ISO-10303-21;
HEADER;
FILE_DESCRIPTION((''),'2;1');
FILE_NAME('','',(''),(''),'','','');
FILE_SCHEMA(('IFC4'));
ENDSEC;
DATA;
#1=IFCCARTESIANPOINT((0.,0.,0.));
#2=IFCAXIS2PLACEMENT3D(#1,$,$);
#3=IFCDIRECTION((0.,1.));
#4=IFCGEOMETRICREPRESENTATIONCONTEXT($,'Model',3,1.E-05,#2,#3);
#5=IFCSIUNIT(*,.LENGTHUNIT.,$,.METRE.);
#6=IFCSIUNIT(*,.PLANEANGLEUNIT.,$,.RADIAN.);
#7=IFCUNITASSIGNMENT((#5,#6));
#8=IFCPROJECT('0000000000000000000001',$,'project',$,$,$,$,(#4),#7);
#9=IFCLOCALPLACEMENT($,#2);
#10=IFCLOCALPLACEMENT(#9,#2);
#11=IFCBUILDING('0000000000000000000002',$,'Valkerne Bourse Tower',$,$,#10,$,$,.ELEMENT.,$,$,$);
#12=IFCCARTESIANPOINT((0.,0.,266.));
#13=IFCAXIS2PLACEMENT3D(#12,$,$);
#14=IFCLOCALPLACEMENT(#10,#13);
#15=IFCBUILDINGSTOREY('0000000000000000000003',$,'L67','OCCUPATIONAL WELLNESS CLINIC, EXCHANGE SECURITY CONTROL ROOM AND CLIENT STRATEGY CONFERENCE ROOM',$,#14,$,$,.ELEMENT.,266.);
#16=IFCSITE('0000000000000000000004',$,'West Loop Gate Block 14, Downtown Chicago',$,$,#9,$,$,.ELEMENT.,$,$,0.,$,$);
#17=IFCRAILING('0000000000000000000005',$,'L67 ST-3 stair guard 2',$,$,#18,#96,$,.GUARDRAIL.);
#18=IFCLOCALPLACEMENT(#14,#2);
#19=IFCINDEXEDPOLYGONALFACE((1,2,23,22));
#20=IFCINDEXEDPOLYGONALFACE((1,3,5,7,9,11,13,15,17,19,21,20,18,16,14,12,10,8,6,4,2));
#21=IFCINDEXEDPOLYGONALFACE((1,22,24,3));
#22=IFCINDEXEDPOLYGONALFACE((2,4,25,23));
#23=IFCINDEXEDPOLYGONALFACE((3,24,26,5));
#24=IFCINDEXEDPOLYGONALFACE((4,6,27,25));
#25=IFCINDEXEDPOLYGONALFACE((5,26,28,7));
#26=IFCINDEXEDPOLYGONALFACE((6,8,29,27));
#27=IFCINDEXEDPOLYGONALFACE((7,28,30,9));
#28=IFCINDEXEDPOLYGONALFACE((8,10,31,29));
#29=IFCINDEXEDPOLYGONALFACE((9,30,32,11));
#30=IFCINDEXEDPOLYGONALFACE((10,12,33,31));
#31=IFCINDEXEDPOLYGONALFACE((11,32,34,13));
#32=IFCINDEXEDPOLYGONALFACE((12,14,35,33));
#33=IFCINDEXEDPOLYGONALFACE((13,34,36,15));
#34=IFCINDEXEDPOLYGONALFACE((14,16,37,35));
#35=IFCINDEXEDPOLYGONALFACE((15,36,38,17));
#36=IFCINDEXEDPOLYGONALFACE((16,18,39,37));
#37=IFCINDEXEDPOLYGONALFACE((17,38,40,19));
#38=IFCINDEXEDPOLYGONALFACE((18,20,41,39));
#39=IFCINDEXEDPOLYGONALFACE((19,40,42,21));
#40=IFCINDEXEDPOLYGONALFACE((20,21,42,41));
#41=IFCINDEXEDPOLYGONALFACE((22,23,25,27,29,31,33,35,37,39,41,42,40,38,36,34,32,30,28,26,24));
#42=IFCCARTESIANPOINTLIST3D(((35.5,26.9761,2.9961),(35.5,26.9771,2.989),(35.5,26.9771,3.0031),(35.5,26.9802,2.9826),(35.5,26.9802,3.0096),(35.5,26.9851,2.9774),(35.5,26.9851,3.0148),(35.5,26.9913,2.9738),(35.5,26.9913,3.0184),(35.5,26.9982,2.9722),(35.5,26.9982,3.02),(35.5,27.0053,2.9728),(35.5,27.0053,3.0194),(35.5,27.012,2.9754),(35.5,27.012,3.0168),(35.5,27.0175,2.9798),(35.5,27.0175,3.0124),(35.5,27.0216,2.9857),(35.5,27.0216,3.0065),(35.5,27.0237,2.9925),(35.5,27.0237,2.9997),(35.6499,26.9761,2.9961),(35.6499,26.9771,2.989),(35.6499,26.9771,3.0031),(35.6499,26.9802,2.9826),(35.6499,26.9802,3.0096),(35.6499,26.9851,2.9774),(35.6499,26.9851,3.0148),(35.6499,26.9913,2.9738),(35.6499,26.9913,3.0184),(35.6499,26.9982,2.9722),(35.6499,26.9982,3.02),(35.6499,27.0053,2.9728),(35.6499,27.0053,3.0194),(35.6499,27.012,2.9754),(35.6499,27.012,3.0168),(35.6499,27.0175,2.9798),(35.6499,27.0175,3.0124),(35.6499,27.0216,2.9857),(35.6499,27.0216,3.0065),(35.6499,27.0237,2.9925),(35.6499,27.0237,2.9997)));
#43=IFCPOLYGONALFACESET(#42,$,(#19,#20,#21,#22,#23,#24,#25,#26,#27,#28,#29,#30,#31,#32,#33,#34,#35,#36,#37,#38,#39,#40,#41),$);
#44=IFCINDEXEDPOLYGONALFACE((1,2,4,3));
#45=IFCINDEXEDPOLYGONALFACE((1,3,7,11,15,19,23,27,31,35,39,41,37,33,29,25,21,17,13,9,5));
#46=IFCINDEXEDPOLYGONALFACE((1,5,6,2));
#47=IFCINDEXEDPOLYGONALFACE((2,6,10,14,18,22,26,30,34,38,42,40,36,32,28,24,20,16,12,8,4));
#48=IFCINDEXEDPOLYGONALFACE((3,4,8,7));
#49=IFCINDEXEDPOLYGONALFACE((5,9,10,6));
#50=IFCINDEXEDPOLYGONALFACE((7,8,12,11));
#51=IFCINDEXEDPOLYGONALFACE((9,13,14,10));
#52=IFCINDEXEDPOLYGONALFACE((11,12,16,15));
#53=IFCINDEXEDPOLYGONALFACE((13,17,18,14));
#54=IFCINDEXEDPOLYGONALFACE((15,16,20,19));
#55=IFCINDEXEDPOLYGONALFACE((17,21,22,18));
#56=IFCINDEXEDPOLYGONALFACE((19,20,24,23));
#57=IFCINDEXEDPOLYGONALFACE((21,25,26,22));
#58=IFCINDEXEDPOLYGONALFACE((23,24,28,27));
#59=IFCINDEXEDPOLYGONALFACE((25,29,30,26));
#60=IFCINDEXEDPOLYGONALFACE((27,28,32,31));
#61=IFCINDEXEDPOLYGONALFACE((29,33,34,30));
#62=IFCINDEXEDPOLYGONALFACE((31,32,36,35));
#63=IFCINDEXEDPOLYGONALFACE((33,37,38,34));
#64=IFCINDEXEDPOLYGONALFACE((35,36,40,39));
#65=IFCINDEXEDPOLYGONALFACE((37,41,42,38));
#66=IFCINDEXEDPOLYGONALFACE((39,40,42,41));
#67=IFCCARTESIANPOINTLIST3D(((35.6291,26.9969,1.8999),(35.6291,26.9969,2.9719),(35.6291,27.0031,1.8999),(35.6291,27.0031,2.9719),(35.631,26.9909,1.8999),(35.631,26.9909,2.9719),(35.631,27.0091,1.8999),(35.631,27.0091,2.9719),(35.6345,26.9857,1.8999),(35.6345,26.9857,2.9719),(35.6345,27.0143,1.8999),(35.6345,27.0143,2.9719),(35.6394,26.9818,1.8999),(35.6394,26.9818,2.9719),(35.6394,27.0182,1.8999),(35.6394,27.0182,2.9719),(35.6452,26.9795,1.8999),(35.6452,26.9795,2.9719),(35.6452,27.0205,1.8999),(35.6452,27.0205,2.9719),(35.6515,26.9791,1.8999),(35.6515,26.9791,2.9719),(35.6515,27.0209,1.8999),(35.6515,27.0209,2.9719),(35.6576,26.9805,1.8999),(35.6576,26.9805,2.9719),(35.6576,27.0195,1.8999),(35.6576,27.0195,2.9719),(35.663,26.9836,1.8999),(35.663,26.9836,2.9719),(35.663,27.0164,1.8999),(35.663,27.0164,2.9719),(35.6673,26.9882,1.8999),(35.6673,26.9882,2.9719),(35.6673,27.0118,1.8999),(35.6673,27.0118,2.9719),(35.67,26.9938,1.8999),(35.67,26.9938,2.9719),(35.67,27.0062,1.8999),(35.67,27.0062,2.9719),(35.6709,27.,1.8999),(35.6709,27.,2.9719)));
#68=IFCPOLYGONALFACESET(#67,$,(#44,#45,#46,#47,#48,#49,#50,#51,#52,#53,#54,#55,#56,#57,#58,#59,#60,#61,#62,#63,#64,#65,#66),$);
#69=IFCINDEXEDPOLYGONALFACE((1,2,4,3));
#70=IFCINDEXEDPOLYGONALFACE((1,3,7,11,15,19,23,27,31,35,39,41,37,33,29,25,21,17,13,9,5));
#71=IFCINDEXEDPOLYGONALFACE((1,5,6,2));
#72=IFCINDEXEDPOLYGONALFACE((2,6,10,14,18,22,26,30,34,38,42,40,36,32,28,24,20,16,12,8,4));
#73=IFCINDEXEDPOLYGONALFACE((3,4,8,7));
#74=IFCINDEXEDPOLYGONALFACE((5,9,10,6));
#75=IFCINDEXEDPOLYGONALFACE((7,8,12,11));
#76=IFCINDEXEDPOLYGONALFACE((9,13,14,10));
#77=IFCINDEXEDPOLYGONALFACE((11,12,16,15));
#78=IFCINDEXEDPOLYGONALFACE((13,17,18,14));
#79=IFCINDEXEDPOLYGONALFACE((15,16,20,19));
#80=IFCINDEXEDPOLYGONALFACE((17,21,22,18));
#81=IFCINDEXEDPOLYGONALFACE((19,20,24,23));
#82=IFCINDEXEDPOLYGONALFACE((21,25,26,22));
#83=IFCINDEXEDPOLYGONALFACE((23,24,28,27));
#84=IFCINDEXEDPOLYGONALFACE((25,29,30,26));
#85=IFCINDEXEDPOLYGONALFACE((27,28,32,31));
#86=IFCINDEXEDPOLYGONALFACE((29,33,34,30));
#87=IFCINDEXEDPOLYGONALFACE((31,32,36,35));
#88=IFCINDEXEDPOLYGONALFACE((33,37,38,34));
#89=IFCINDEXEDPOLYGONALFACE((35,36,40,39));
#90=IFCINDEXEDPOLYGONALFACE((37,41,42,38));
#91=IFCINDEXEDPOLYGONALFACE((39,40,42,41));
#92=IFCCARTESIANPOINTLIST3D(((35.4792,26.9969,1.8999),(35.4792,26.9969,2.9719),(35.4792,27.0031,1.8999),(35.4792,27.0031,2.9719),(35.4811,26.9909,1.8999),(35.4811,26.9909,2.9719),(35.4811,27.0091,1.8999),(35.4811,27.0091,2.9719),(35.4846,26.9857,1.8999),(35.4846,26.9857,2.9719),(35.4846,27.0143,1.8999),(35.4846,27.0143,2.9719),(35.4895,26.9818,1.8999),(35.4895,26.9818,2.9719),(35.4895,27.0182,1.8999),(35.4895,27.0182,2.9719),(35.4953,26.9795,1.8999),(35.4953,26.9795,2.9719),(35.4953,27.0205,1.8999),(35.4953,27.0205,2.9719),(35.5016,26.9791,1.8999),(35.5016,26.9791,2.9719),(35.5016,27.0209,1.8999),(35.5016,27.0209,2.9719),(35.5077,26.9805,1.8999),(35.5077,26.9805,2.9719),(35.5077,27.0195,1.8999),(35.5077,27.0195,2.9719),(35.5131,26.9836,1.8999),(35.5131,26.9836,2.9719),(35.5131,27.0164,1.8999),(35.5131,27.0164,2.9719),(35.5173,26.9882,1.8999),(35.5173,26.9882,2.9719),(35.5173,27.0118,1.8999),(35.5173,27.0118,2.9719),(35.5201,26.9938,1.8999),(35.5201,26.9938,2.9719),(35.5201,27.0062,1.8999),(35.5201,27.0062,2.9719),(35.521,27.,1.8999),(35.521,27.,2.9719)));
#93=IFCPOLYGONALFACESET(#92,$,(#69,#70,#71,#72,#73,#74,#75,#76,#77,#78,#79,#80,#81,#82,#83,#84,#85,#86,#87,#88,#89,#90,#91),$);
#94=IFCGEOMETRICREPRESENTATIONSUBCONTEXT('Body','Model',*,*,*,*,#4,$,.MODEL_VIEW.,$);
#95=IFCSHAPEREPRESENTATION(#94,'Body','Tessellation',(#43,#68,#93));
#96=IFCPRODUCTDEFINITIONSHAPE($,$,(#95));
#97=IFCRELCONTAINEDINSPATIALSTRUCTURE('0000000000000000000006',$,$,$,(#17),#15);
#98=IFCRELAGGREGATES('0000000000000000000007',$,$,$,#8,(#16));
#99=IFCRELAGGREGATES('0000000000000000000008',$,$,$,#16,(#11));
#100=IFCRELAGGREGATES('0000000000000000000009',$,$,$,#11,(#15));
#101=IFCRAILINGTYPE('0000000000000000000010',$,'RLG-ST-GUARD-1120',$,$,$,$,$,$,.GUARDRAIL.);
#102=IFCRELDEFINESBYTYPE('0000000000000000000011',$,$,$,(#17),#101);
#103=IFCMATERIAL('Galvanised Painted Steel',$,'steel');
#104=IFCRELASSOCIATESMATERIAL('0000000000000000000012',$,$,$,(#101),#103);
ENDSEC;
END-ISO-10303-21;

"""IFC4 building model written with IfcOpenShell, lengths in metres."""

from ifc_helpers import new_model, si_unit, direction, frame, origin, origin_2d, place, context, subcontext, project, spatial, circle, extrude, material, type_object, element, save


model = new_model("IFC4")

# Units and contexts
model_context = context("Model", 3, precision=1e-05, world=origin(), true_north=direction((0.0, 1.0)))
body_context = subcontext(model_context, "Body", "Model", "MODEL_VIEW")
ifc_project = project(units=[si_unit("LENGTHUNIT", "METRE"), si_unit("PLANEANGLEUNIT", "RADIAN")], contexts=[model_context])

# Site, building, storey
site_placement = place(None, origin())
site = spatial("IfcSite", under=ifc_project, at=site_placement, Name="West Loop Gate Block 14, Downtown Chicago", CompositionType="ELEMENT", RefElevation=0.0)
building_placement = place(site_placement, origin())
building = spatial("IfcBuilding", under=site, at=building_placement, Name="Valkerne Bourse Tower", CompositionType="ELEMENT")
storey_placement = place(building_placement, frame((0.0, 0.0, 266.0)))
storey = spatial("IfcBuildingStorey", under=building, at=storey_placement, Name="L67", Description="OCCUPATIONAL WELLNESS CLINIC, EXCHANGE SECURITY CONTROL ROOM AND CLIENT STRATEGY CONFERENCE ROOM", CompositionType="ELEMENT", Elevation=266.0)

# Railing
ifc_material_1 = material(Name="Galvanised Painted Steel", Category="steel")
railing_type_1 = type_object("IfcRailingType", Name="RLG-ST-GUARD-1120", PredefinedType="GUARDRAIL", material=ifc_material_1)
railing_1_placement = place(storey_placement, frame((35.6499, 27.0, 1.8999)))
element("IfcRailing", 1, at=railing_1_placement, inside=storey, type_object=railing_type_1, Name="L67 ST-3 stair guard 2", PredefinedType="GUARDRAIL", context=body_context, shape_type="SweptSolid", body=[
    extrude(circle(Radius=0.0239, at=origin_2d()), frame((0.0, 0.0, 1.0962), z_axis=(-1.0, 0.0, 0.0), x_axis=(0.0, -1.0, 0.0)), (0.0, 0.0, 1.0), 0.1499),
    extrude(circle(Radius=0.021, at=origin_2d()), origin(), (0.0, 0.0, 1.0), 1.072),
    extrude(circle(Radius=0.021, at=origin_2d()), frame((-0.1499, 0.0, 0.0)), (0.0, 0.0, 1.0), 1.072),
])

save(model, "model.ifc")
